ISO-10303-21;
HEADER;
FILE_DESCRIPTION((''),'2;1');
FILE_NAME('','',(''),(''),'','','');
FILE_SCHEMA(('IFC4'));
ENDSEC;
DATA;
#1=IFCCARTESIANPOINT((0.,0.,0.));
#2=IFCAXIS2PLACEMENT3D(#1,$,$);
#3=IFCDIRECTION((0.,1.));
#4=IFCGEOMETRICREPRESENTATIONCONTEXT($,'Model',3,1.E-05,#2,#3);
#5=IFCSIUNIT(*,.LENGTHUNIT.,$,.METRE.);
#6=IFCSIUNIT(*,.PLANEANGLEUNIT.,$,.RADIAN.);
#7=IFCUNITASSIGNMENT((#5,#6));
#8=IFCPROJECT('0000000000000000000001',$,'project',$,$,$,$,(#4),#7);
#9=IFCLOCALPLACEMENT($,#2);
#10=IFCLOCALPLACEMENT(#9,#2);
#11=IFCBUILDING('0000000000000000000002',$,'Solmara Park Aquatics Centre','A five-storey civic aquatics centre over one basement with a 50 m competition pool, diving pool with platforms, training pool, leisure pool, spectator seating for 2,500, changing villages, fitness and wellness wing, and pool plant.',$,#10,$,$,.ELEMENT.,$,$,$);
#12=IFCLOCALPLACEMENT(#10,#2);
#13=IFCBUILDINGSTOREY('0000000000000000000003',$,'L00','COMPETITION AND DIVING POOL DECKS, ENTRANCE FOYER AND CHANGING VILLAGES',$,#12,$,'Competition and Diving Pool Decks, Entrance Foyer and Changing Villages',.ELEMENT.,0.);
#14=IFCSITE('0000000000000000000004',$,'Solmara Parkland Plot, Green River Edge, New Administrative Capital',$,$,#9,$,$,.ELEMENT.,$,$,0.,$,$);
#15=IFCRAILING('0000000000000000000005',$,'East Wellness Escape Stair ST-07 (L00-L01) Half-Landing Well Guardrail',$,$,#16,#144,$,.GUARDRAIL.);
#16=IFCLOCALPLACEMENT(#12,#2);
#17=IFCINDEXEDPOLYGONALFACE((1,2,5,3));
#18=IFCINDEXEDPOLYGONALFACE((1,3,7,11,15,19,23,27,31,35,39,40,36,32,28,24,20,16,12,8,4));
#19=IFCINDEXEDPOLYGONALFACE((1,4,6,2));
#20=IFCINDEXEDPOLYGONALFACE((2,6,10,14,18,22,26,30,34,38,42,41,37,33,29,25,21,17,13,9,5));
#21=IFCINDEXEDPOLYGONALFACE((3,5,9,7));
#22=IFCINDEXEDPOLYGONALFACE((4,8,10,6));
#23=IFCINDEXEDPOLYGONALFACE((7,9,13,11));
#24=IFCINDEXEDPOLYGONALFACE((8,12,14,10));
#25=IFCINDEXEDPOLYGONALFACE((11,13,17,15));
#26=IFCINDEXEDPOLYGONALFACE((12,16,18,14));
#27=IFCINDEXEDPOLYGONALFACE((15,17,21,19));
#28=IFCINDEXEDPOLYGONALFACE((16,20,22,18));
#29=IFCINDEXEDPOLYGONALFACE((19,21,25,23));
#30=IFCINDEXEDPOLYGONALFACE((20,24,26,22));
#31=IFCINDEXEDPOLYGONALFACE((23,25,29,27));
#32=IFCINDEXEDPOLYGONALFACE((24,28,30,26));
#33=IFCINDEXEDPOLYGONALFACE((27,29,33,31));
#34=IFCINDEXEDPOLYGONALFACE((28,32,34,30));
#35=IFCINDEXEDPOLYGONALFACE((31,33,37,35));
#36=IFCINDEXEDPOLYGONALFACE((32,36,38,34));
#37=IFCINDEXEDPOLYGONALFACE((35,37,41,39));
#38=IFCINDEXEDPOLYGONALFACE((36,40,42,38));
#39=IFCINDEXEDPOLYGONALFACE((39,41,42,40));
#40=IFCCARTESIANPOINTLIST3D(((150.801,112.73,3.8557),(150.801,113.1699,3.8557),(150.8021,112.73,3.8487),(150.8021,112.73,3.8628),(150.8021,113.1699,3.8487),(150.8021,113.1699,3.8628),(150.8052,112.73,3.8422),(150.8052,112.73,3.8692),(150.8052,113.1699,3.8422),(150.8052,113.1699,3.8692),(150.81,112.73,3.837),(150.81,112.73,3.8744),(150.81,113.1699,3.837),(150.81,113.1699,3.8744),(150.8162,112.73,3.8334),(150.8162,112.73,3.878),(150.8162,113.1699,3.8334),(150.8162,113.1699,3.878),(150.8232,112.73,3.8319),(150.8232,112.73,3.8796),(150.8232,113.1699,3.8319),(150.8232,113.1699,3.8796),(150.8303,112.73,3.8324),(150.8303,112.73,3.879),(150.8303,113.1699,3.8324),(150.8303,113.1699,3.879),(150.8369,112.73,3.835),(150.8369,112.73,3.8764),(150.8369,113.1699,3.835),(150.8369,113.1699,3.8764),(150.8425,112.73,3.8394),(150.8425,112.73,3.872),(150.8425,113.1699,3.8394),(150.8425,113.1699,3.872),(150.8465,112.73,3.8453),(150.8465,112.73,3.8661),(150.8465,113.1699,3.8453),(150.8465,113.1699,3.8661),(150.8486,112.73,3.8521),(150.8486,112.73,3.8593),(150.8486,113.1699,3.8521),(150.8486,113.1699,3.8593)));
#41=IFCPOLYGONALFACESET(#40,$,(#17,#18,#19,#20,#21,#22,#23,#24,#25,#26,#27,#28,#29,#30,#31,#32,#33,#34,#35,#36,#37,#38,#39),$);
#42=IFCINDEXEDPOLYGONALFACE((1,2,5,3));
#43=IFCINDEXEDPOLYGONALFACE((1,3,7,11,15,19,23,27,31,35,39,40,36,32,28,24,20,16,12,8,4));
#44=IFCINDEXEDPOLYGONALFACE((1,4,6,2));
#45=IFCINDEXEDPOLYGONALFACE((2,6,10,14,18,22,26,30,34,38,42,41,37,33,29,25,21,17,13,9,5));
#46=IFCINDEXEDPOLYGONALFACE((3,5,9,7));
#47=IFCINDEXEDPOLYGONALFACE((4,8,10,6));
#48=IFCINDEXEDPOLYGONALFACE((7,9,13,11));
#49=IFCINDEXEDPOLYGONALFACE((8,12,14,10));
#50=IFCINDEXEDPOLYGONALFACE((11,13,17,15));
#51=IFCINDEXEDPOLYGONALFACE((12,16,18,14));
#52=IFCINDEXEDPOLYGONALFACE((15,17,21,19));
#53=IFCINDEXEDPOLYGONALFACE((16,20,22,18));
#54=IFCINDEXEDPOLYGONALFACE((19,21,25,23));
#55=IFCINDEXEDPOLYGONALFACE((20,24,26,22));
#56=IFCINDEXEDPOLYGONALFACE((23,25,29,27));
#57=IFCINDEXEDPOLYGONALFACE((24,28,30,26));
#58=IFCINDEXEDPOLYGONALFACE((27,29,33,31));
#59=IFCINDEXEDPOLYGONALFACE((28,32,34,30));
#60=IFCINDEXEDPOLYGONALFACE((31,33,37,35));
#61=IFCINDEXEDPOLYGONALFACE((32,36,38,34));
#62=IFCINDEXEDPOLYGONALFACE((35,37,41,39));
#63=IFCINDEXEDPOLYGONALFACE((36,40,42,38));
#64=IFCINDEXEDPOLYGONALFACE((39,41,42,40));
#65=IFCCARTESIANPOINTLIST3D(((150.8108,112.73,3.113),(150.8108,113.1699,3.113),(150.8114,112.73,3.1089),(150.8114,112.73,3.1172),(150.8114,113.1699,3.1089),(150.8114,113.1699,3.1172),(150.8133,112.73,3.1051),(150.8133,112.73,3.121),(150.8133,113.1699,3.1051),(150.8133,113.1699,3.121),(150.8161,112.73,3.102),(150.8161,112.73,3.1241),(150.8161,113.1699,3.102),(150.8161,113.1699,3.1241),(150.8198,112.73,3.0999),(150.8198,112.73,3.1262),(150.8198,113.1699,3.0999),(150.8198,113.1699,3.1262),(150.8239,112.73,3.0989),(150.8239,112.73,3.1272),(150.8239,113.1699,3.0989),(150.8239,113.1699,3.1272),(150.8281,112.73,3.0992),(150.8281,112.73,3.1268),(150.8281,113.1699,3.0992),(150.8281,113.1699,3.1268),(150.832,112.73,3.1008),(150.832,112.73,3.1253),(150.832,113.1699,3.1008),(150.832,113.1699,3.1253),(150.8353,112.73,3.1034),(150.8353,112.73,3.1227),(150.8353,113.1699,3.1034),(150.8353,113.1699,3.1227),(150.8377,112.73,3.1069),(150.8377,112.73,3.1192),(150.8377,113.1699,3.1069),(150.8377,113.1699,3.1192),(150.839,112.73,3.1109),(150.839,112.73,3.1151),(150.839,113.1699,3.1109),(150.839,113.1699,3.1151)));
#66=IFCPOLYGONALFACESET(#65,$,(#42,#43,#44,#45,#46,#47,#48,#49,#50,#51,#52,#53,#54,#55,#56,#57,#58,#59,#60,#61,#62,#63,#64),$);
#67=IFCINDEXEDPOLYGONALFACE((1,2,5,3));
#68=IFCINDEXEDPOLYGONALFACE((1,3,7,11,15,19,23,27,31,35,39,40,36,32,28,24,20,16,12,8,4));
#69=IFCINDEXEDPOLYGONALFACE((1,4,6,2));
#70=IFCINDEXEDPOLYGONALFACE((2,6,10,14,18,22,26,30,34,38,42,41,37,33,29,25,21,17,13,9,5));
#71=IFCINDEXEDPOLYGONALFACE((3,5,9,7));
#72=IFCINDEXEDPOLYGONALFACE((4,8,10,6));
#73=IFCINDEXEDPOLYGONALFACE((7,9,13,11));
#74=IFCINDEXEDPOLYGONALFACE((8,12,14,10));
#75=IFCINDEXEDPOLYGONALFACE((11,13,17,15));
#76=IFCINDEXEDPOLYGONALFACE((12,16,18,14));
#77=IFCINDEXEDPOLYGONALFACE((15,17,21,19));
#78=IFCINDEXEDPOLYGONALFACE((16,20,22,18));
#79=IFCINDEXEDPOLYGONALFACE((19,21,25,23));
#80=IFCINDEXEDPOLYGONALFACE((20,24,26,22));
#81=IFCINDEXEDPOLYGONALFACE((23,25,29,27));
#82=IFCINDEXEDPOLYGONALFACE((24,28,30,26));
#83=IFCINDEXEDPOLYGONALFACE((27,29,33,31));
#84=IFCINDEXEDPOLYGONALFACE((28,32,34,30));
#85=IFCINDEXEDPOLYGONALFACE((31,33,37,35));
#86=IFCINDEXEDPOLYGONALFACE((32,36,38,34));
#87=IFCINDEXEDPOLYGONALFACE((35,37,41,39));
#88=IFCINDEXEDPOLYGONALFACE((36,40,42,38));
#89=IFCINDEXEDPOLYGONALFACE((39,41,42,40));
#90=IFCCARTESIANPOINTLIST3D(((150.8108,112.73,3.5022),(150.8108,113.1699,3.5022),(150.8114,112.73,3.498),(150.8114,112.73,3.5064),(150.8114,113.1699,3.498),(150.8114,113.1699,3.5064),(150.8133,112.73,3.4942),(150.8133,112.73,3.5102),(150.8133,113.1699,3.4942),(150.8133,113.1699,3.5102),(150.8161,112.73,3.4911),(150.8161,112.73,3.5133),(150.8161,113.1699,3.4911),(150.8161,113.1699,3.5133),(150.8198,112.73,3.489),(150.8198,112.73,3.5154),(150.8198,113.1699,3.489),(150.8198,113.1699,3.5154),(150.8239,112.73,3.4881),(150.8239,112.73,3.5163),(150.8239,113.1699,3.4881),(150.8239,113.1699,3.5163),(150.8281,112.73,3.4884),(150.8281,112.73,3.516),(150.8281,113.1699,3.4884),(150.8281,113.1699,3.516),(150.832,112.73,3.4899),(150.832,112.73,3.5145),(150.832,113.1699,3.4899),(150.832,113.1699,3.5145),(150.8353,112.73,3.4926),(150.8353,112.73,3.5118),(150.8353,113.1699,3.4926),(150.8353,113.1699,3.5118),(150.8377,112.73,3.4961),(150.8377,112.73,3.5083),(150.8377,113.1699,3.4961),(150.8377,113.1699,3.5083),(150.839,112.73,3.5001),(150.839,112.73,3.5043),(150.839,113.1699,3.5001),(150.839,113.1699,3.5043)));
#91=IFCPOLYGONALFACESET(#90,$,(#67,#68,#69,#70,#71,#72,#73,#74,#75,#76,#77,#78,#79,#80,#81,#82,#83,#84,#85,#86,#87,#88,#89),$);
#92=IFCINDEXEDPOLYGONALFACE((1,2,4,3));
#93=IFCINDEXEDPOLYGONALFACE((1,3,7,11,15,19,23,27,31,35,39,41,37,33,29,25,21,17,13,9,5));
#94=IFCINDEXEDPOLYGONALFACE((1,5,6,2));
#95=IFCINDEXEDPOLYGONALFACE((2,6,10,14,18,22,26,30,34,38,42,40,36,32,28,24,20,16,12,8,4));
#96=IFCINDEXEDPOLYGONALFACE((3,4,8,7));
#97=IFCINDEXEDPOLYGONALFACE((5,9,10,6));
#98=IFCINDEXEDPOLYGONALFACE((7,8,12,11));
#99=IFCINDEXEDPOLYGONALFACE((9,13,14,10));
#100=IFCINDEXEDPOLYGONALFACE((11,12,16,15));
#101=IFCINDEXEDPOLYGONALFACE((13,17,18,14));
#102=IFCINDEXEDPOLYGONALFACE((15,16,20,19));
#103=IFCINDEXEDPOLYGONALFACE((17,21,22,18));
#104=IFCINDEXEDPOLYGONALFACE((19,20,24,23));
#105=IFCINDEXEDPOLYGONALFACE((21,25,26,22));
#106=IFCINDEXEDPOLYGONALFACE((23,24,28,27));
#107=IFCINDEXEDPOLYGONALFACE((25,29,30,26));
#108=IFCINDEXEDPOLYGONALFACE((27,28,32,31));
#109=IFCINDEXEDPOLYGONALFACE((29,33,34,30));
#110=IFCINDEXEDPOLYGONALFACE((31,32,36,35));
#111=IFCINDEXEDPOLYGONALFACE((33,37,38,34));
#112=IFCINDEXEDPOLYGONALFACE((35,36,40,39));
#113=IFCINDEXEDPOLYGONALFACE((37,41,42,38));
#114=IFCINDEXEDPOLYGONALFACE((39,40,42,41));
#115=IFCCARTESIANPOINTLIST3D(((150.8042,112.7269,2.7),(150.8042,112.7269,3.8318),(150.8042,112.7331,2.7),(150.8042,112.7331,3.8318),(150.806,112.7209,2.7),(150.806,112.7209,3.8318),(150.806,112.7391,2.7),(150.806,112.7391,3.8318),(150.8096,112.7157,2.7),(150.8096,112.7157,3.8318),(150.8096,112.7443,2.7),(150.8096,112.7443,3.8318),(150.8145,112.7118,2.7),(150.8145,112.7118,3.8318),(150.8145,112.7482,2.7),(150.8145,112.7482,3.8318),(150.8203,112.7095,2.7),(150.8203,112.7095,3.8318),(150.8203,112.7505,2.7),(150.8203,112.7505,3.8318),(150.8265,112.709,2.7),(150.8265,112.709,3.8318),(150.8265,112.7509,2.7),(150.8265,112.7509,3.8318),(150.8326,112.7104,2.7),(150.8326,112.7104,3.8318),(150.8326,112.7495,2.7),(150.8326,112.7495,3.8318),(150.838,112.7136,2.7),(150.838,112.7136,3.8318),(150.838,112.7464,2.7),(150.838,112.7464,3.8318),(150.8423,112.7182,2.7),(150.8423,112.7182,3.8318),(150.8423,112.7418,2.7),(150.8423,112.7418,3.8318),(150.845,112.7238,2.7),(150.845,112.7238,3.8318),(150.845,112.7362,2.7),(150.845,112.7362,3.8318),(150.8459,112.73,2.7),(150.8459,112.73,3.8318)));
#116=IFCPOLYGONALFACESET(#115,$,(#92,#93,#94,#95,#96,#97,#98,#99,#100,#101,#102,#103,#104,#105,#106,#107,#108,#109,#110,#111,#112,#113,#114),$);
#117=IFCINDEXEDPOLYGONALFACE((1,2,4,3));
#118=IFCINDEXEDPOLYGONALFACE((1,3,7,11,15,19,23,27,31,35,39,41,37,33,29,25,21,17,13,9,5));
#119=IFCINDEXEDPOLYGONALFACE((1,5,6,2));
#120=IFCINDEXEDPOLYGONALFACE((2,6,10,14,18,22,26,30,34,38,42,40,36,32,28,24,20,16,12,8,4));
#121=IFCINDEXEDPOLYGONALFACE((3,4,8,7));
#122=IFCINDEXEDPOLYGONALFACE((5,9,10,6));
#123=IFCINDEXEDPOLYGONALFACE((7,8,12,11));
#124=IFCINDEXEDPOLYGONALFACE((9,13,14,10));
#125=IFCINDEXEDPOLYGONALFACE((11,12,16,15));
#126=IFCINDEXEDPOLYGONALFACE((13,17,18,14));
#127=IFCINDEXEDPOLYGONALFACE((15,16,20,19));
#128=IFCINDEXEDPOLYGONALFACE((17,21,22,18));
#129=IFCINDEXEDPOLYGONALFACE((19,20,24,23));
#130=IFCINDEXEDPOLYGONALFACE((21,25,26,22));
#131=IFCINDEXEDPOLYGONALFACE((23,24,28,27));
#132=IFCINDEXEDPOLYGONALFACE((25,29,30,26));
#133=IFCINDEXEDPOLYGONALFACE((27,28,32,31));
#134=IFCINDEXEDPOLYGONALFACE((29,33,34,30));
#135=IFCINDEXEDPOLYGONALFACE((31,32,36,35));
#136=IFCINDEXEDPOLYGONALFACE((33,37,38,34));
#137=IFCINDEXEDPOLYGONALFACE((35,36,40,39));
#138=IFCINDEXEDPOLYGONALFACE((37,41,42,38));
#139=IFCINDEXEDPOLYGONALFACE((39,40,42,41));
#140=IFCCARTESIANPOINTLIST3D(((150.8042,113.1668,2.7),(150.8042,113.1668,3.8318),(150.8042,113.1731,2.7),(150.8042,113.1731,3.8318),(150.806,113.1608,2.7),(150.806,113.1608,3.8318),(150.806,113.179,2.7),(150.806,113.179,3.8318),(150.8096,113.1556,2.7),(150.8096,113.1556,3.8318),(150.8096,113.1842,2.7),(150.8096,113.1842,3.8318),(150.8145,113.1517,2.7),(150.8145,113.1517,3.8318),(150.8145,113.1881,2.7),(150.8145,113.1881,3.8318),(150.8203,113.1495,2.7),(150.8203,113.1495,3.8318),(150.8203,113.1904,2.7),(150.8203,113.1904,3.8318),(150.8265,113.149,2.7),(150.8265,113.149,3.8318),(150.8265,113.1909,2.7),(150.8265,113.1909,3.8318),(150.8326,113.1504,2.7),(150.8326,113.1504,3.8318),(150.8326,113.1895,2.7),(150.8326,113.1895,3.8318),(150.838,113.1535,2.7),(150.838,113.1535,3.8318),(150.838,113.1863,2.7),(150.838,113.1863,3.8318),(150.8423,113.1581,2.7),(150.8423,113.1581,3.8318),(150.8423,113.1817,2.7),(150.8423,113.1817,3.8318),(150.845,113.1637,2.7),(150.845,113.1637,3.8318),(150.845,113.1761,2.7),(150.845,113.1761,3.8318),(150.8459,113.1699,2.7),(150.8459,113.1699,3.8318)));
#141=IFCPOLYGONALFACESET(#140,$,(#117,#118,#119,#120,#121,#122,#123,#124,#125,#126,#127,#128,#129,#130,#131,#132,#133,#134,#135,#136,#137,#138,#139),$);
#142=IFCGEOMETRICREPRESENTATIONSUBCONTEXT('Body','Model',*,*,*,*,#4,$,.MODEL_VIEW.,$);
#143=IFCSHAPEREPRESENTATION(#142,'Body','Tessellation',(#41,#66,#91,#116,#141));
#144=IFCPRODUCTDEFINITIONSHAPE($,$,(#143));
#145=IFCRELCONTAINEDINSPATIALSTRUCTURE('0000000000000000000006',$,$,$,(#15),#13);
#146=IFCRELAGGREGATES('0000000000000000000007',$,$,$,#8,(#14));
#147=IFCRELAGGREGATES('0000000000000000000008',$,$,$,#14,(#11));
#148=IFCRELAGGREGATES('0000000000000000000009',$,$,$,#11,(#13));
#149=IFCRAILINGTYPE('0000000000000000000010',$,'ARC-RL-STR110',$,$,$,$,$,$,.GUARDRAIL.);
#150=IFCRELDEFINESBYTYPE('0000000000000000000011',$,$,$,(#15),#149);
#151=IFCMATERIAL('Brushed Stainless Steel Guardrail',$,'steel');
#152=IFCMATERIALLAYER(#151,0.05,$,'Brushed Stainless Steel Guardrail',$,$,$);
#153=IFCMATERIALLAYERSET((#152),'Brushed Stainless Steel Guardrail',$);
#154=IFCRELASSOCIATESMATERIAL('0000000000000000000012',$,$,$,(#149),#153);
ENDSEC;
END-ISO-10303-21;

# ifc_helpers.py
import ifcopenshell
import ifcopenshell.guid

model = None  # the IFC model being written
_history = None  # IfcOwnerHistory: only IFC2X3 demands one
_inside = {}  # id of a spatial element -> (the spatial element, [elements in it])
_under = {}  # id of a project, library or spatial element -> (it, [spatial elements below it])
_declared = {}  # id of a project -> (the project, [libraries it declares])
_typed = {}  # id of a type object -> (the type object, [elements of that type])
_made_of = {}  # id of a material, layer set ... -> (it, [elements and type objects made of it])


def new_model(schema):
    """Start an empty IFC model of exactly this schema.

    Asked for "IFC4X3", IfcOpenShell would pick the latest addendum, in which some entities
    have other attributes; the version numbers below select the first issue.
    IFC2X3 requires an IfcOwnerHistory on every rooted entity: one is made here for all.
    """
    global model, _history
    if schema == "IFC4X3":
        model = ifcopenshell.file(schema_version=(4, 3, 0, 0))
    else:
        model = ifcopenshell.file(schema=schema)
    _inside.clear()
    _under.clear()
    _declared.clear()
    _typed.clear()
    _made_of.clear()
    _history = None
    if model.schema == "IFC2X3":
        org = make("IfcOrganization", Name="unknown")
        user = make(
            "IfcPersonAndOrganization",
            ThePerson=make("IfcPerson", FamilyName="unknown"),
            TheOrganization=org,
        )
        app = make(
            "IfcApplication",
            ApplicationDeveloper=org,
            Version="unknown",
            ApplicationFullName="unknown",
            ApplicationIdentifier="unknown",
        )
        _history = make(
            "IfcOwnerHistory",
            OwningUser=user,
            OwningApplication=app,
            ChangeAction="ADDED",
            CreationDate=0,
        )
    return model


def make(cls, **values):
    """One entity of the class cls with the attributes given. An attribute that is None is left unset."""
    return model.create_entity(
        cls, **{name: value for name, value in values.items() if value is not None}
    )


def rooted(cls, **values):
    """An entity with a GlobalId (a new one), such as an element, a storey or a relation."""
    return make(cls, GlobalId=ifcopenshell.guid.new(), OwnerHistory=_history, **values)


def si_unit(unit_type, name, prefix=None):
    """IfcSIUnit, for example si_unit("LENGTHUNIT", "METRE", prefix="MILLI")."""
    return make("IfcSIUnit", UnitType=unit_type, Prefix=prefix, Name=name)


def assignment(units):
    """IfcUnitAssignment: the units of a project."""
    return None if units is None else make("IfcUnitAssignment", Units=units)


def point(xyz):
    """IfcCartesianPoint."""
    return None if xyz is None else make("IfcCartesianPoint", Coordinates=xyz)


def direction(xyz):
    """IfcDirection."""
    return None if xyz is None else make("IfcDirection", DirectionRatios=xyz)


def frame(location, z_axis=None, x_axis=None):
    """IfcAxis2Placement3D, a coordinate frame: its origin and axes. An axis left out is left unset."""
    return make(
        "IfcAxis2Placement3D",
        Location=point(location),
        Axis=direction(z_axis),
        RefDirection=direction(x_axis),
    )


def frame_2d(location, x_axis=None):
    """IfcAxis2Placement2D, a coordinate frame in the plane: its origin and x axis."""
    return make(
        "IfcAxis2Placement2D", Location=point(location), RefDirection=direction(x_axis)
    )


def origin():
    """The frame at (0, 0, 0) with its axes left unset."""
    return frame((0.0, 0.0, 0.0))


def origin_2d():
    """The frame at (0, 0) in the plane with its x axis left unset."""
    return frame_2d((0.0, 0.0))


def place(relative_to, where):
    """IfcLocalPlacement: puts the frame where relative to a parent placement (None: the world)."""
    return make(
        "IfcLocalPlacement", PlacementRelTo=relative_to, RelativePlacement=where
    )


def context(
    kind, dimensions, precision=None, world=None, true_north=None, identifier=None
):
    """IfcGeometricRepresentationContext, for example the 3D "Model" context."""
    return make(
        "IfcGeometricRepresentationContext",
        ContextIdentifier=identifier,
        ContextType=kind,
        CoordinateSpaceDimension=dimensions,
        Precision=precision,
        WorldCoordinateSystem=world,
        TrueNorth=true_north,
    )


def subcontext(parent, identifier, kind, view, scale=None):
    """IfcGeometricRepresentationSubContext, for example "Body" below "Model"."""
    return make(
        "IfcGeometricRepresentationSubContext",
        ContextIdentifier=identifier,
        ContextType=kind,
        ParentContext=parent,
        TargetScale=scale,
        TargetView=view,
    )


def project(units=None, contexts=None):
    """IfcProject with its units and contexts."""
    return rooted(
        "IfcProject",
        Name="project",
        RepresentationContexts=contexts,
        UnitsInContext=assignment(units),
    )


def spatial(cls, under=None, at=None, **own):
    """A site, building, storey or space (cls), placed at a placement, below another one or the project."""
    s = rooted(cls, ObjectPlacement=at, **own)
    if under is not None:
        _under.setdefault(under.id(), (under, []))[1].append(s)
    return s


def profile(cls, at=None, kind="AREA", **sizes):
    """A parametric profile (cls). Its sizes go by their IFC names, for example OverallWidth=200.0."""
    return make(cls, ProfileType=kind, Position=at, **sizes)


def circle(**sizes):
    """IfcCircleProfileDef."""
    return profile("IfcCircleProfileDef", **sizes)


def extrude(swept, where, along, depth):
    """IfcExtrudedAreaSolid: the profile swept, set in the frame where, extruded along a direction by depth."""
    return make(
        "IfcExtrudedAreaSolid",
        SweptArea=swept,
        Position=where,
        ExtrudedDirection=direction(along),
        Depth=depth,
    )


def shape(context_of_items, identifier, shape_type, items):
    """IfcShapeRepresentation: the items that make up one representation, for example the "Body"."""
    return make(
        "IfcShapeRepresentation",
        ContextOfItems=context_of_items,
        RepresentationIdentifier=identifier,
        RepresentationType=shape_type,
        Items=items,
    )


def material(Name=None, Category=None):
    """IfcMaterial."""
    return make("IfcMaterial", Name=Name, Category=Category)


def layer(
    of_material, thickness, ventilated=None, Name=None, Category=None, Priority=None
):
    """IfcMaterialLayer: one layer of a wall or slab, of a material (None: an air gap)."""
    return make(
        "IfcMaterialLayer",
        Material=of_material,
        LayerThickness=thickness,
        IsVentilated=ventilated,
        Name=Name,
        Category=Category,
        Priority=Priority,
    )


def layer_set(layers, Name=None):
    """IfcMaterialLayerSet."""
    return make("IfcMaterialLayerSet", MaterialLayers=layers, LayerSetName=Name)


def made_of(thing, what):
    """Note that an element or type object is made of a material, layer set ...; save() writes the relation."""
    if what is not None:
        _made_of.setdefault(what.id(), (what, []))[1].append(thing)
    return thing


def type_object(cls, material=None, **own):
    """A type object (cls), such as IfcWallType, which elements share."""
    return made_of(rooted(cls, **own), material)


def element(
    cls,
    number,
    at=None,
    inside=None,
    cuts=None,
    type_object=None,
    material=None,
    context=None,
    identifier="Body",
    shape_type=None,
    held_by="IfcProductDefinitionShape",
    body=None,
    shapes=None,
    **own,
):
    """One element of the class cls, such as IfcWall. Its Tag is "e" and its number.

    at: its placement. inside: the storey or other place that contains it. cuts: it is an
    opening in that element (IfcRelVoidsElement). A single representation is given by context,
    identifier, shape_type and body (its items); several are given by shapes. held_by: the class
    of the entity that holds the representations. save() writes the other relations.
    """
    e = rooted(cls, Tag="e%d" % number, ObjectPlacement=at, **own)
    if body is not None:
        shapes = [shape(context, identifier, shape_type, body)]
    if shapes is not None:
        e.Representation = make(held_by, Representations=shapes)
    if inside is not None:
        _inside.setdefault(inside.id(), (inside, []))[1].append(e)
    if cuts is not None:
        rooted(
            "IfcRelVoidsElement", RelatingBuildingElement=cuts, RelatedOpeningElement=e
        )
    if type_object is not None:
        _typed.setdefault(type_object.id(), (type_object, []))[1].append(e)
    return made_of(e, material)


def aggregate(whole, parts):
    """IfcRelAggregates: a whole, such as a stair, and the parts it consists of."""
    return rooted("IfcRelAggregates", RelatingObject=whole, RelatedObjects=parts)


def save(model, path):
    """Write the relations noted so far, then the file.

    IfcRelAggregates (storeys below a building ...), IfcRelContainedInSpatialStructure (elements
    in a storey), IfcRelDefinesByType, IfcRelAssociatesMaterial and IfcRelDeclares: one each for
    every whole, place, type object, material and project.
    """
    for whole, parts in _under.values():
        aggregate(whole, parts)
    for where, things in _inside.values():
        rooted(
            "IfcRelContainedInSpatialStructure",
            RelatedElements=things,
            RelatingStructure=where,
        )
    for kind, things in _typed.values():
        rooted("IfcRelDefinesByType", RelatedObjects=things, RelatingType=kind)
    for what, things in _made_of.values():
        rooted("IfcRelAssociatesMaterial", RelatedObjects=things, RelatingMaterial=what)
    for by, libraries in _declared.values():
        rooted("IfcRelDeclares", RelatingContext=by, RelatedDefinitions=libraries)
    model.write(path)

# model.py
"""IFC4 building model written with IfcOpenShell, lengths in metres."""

from ifc_helpers import new_model, si_unit, direction, frame, origin, origin_2d, place, context, subcontext, project, spatial, circle, extrude, material, layer, layer_set, type_object, element, save


model = new_model("IFC4")

# Units and contexts
model_context = context("Model", 3, precision=1e-05, world=origin(), true_north=direction((0.0, 1.0)))
body_context = subcontext(model_context, "Body", "Model", "MODEL_VIEW")
ifc_project = project(units=[si_unit("LENGTHUNIT", "METRE"), si_unit("PLANEANGLEUNIT", "RADIAN")], contexts=[model_context])

# Site, building, storey
site_placement = place(None, origin())
site = spatial("IfcSite", under=ifc_project, at=site_placement, Name="Solmara Parkland Plot, Green River Edge, New Administrative Capital", CompositionType="ELEMENT", RefElevation=0.0)
building_placement = place(site_placement, origin())
building = spatial("IfcBuilding", under=site, at=building_placement, Name="Solmara Park Aquatics Centre", Description="A five-storey civic aquatics centre over one basement with a 50 m competition pool, diving pool with platforms, training pool, leisure pool, spectator seating for 2,500, changing villages, fitness and wellness wing, and pool plant.", CompositionType="ELEMENT")
storey_placement = place(building_placement, origin())
storey = spatial("IfcBuildingStorey", under=building, at=storey_placement, Name="L00", Description="COMPETITION AND DIVING POOL DECKS, ENTRANCE FOYER AND CHANGING VILLAGES", LongName="Competition and Diving Pool Decks, Entrance Foyer and Changing Villages", CompositionType="ELEMENT", Elevation=0.0)

# Railing
ifc_material_1 = material(Name="Brushed Stainless Steel Guardrail", Category="steel")
ifc_layer_1 = layer(ifc_material_1, 0.05, Name="Brushed Stainless Steel Guardrail")
ifc_layer_set_1 = layer_set([ifc_layer_1], Name="Brushed Stainless Steel Guardrail")
railing_type_1 = type_object("IfcRailingType", Name="ARC-RL-STR110", PredefinedType="GUARDRAIL", material=ifc_layer_set_1)
railing_1_placement = place(storey_placement, frame((150.825, 112.73, 2.7)))
element("IfcRailing", 1, at=railing_1_placement, inside=storey, type_object=railing_type_1, Name="East Wellness Escape Stair ST-07 (L00-L01) Half-Landing Well Guardrail", PredefinedType="GUARDRAIL", context=body_context, shape_type="SweptSolid", body=[
    extrude(circle(Radius=0.0239, at=origin_2d()), frame((0.0, 0.0, 1.1558), z_axis=(0.0, 1.0, 0.0), x_axis=(-1.0, 0.0, 0.0)), (0.0, 0.0, 1.0), 0.4399),
    extrude(circle(Radius=0.0142, at=origin_2d()), frame((0.0, 0.0, 0.4131), z_axis=(0.0, 1.0, 0.0), x_axis=(-1.0, 0.0, 0.0)), (0.0, 0.0, 1.0), 0.4399),
    extrude(circle(Radius=0.0142, at=origin_2d()), frame((0.0, 0.0, 0.8022), z_axis=(0.0, 1.0, 0.0), x_axis=(-1.0, 0.0, 0.0)), (0.0, 0.0, 1.0), 0.4399),
    extrude(circle(Radius=0.021, at=origin_2d()), origin(), (0.0, 0.0, 1.0), 1.1318),
    extrude(circle(Radius=0.021, at=origin_2d()), frame((0.0, 0.4399, 0.0)), (0.0, 0.0, 1.0), 1.1318),
])

save(model, "model.ifc")
